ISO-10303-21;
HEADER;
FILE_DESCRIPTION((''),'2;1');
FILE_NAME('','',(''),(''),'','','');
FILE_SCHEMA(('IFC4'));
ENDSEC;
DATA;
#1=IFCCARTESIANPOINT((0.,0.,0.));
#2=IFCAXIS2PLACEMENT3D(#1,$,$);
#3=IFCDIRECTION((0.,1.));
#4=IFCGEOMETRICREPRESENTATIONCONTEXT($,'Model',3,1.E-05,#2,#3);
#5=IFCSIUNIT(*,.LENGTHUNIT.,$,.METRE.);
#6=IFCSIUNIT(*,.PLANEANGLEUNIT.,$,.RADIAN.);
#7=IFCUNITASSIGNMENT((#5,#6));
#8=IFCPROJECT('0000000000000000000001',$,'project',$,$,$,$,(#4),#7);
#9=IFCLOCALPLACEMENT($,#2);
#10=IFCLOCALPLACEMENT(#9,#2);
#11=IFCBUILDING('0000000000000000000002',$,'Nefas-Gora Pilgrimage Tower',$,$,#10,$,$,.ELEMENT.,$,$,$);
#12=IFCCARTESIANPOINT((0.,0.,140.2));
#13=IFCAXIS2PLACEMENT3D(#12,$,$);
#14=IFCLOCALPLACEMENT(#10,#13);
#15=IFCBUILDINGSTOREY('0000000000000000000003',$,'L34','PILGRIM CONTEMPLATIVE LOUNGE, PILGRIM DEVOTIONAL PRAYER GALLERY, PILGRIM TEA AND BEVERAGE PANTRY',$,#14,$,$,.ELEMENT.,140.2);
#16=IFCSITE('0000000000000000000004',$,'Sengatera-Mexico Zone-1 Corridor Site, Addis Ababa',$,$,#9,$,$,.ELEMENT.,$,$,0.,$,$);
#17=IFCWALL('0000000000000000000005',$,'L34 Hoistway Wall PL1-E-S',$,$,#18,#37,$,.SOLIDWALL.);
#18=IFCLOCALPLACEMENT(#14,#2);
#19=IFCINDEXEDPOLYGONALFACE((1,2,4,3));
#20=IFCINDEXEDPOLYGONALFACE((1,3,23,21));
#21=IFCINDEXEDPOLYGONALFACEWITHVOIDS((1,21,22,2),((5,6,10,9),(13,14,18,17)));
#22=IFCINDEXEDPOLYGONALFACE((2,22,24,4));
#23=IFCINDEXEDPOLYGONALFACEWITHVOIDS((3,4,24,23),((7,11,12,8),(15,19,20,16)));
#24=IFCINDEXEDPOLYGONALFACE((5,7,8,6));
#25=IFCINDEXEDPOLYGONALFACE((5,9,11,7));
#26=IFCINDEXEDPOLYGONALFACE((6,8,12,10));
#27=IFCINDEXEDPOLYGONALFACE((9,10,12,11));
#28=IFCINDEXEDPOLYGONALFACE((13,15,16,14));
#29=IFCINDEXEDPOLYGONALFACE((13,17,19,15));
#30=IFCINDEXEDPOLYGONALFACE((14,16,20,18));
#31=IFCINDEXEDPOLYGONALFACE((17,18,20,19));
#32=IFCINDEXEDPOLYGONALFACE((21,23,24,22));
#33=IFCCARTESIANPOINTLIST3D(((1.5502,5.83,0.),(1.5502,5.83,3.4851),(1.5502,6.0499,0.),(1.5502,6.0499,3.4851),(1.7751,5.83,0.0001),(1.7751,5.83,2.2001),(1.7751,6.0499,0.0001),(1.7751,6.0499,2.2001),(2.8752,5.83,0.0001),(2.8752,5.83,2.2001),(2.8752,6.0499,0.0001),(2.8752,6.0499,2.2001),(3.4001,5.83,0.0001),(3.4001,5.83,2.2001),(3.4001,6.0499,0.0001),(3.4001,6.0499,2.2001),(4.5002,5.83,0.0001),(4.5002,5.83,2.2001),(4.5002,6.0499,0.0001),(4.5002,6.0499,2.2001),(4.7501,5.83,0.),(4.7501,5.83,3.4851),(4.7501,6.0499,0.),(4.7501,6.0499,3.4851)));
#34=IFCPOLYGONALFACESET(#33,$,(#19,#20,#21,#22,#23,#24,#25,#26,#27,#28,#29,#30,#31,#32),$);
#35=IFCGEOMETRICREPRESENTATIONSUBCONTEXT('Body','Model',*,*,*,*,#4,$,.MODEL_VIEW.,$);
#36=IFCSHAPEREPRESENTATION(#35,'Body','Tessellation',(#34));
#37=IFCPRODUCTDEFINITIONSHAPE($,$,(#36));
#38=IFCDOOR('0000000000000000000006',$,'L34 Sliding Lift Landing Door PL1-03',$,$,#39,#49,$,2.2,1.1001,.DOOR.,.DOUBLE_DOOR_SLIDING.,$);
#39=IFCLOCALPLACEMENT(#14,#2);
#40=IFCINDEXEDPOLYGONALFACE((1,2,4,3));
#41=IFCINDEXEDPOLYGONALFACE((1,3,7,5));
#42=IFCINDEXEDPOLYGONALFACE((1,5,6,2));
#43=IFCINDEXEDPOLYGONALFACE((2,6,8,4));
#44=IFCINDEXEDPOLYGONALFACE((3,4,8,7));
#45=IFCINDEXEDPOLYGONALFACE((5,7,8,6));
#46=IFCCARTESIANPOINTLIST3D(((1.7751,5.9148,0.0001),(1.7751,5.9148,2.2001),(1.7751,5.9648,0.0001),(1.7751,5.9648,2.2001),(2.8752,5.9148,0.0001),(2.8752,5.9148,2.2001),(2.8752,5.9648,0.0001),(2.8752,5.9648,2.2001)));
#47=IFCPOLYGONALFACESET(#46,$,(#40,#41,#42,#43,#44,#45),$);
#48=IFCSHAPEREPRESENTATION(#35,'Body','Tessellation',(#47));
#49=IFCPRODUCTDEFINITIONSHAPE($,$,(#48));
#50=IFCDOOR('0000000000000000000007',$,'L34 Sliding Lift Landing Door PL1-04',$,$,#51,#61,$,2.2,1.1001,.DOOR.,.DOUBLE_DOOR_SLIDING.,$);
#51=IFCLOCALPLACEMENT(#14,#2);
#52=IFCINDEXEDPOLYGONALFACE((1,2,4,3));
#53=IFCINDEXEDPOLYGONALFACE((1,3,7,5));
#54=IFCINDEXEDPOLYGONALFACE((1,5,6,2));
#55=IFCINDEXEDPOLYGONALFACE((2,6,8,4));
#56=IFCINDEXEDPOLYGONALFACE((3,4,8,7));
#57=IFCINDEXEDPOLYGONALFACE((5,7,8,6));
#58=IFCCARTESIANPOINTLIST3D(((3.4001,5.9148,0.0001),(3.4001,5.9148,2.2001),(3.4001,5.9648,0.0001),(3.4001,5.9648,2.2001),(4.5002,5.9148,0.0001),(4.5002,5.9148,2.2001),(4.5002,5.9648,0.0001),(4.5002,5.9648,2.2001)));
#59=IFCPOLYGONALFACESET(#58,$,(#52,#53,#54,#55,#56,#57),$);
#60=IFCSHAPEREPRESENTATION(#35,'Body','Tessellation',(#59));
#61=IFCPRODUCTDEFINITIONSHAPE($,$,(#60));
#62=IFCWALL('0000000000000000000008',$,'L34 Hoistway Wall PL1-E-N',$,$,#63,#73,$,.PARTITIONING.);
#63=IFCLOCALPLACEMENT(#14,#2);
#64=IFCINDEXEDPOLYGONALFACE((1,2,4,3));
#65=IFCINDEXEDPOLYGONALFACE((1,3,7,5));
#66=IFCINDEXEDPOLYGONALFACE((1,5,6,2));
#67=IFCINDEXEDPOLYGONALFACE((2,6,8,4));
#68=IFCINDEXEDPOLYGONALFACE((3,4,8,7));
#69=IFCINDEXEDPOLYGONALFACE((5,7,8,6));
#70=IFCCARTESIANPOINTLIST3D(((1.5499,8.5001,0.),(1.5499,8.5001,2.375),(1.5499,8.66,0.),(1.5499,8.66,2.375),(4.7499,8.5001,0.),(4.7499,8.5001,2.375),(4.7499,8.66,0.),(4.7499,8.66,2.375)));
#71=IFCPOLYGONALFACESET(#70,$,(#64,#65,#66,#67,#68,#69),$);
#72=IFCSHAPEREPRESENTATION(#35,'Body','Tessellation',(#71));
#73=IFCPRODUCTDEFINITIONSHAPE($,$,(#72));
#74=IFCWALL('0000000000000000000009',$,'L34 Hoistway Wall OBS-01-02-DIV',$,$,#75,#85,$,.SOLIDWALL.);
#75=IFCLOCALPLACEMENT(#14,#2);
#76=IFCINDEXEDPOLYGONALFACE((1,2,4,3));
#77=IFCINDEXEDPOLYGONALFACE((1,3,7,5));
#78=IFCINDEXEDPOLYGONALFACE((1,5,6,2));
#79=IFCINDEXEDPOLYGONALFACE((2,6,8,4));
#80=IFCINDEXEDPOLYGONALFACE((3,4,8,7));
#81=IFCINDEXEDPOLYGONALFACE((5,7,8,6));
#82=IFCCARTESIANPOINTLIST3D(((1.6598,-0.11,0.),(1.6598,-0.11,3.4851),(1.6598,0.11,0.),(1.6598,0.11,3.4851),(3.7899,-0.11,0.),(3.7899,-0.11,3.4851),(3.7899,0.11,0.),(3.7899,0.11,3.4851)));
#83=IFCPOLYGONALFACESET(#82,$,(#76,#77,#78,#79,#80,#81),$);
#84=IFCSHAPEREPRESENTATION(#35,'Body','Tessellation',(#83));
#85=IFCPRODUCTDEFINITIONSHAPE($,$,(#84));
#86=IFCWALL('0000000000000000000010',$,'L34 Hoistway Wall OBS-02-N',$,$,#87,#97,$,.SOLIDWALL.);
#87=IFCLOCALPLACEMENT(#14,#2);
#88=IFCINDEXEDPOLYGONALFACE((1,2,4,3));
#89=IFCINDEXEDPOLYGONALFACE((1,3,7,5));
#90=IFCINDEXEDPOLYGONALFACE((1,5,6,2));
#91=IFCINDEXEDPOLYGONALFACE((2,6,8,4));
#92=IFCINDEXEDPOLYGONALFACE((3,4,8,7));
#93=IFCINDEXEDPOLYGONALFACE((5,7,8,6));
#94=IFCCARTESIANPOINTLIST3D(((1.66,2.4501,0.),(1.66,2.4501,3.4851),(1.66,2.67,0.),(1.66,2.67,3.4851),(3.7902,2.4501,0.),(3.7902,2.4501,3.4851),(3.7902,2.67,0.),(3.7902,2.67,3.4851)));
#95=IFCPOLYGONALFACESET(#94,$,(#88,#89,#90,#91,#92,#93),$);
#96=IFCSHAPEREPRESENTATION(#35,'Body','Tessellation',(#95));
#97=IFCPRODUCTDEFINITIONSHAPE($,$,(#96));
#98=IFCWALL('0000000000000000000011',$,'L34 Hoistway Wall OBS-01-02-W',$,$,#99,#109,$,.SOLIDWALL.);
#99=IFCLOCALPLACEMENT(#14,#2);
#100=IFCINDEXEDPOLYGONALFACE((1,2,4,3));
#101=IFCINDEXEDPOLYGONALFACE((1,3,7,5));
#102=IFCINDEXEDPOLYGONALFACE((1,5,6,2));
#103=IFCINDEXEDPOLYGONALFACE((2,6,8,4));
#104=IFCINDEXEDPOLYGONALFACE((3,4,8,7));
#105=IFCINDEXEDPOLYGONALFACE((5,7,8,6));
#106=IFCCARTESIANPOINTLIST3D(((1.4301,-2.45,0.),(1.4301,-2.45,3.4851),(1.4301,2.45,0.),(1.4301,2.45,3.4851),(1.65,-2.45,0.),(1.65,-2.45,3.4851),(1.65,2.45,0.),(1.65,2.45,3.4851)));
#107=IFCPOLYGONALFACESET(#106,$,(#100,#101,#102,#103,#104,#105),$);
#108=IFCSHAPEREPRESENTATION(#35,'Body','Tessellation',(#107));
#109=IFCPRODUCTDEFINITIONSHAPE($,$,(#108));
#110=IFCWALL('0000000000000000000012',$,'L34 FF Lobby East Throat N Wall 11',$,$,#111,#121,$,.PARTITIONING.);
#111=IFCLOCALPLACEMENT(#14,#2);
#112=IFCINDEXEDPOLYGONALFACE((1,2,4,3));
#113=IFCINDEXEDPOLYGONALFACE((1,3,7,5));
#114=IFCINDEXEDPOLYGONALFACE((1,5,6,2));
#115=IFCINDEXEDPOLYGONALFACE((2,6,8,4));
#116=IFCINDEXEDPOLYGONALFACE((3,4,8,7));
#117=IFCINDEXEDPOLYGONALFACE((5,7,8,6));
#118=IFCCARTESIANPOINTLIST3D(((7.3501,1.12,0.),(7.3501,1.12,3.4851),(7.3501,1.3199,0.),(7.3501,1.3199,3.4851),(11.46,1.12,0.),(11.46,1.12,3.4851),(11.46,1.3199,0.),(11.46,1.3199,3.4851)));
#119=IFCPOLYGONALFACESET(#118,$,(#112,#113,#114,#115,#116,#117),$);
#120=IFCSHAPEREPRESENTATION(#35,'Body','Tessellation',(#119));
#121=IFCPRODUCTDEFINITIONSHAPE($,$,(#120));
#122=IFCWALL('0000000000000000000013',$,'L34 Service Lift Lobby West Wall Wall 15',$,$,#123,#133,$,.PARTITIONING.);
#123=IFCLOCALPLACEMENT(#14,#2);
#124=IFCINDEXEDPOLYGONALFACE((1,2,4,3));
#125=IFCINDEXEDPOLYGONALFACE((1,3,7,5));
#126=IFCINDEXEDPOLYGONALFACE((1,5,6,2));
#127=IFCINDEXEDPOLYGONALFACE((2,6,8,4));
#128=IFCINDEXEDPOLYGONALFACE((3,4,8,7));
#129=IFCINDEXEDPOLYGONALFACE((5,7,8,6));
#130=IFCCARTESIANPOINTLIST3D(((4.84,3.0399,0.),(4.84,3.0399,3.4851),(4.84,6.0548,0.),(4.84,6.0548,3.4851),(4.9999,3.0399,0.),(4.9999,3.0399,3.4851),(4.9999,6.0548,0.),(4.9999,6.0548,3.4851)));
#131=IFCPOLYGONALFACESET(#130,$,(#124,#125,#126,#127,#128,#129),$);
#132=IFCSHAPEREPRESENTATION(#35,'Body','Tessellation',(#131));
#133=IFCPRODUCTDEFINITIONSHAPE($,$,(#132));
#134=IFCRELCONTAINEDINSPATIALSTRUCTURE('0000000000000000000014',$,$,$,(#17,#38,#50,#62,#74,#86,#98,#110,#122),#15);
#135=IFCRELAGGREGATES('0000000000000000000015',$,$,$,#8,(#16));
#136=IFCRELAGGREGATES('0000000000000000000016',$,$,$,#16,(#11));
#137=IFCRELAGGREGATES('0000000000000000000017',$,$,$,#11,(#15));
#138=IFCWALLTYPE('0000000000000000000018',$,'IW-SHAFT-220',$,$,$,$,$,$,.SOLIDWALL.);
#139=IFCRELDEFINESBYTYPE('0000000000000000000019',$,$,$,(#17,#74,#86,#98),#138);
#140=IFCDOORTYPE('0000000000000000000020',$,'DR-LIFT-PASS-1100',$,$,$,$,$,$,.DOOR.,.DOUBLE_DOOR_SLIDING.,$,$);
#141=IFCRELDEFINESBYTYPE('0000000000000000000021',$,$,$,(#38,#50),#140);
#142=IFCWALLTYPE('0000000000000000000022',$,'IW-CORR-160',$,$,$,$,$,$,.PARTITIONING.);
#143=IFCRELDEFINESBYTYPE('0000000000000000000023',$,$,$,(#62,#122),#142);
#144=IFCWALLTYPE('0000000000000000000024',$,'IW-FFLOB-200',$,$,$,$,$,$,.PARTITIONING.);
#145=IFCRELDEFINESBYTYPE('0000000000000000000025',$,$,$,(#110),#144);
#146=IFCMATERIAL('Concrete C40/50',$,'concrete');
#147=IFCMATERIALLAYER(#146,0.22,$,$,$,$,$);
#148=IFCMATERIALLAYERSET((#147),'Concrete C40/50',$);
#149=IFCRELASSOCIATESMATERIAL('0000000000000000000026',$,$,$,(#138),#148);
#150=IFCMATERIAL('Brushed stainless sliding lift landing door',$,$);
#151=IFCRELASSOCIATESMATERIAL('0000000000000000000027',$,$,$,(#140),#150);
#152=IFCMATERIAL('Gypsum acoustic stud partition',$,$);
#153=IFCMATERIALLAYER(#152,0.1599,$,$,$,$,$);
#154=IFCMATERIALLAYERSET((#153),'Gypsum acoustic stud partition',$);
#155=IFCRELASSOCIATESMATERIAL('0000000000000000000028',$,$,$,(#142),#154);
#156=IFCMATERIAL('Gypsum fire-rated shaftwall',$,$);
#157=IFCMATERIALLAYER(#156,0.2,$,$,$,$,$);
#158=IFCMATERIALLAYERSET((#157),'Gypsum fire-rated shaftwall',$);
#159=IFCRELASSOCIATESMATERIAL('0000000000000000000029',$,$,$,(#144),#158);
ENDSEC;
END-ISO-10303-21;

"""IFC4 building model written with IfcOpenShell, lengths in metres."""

from ifc_helpers import new_model, si_unit, direction, frame, frame_2d, origin, place, context, subcontext, project, spatial, rectangle, extrude, source, transform, mapped, material, layer, layer_set, type_object, element, fill, save


model = new_model("IFC4")

# Units and contexts
model_context = context("Model", 3, precision=1e-05, world=origin(), true_north=direction((0.0, 1.0)))
body_context = subcontext(model_context, "Body", "Model", "MODEL_VIEW")
ifc_project = project(units=[si_unit("LENGTHUNIT", "METRE"), si_unit("PLANEANGLEUNIT", "RADIAN")], contexts=[model_context])

# Site, building, storey
site_placement = place(None, origin())
site = spatial("IfcSite", under=ifc_project, at=site_placement, Name="Sengatera-Mexico Zone-1 Corridor Site, Addis Ababa", CompositionType="ELEMENT", RefElevation=0.0)
building_placement = place(site_placement, origin())
building = spatial("IfcBuilding", under=site, at=building_placement, Name="Nefas-Gora Pilgrimage Tower", CompositionType="ELEMENT")
storey_placement = place(building_placement, frame((0.0, 0.0, 140.2)))
storey = spatial("IfcBuildingStorey", under=building, at=storey_placement, Name="L34", Description="PILGRIM CONTEMPLATIVE LOUNGE, PILGRIM DEVOTIONAL PRAYER GALLERY, PILGRIM TEA AND BEVERAGE PANTRY", CompositionType="ELEMENT", Elevation=140.2)

# Shared definitions
ifc_material_1 = material(Name="Concrete C40/50", Category="concrete")
ifc_layer_1 = layer(ifc_material_1, 0.22)
ifc_layer_set_1 = layer_set([ifc_layer_1], Name="Concrete C40/50")
wall_type_1 = type_object("IfcWallType", Name="IW-SHAFT-220", PredefinedType="SOLIDWALL", material=ifc_layer_set_1)

# Wall, openings, doors
shared_shape_1 = source(origin(), body_context, "Body", "SweptSolid", [
    extrude(rectangle(XDim=3.2, YDim=0.22, at=frame_2d((1.6001, 0.0))), origin(), (0.0, 0.0, 1.0), 3.4851),
])
wall_1_placement = place(storey_placement, frame((1.55, 5.9399, 0.0), z_axis=(0.0, 0.0, 1.0), x_axis=(1.0, 0.0, 0.0)))
wall_1 = element("IfcWall", 1, at=wall_1_placement, inside=storey, type_object=wall_type_1, Name="L34 Hoistway Wall PL1-E-S", PredefinedType="SOLIDWALL", context=body_context, shape_type="MappedRepresentation", body=[
    mapped(shared_shape_1, transform((0.0, 0.0, 0.0), x_axis=(1.0, 0.0, 0.0), y_axis=(0.0, 1.0, 0.0), z_axis=(0.0, 0.0, 1.0), scale=1.0)),
])
opening_1_placement = place(wall_1_placement, frame((0.2251, 0.0, 0.0)))
opening_1 = element("IfcOpeningElement", 2, at=opening_1_placement, cuts=wall_1, PredefinedType="OPENING", context=body_context, shape_type="SweptSolid", body=[
    extrude(rectangle(XDim=1.1001, YDim=2.2, at=frame_2d((0.55, 1.1001))), frame((0.0, 0.1199, 0.0), z_axis=(0.0, -1.0, 0.0), x_axis=(1.0, 0.0, 0.0)), (0.0, 0.0, 1.0), 0.24),
])
opening_2_placement = place(wall_1_placement, frame((1.8501, 0.0, 0.0)))
opening_2 = element("IfcOpeningElement", 3, at=opening_2_placement, cuts=wall_1, PredefinedType="OPENING", context=body_context, shape_type="SweptSolid", body=[
    extrude(rectangle(XDim=1.1001, YDim=2.2, at=frame_2d((0.55, 1.1001))), frame((0.0, 0.1199, 0.0), z_axis=(0.0, -1.0, 0.0), x_axis=(1.0, 0.0, 0.0)), (0.0, 0.0, 1.0), 0.24),
])
ifc_material_2 = material(Name="Brushed stainless sliding lift landing door")
door_type_1 = type_object("IfcDoorType", Name="DR-LIFT-PASS-1100", OperationType="DOUBLE_DOOR_SLIDING", PredefinedType="DOOR", material=ifc_material_2)
shared_shape_2 = source(origin(), body_context, "Body", "SweptSolid", [
    extrude(rectangle(XDim=1.1001, YDim=2.2, at=frame_2d((0.55, 1.1001))), frame((0.0, 0.0249, 0.0), z_axis=(0.0, -1.0, 0.0), x_axis=(1.0, 0.0, 0.0)), (0.0, 0.0, 1.0), 0.05),
])
door_1_placement = place(opening_1_placement, origin())
door_1 = element("IfcDoor", 4, at=door_1_placement, inside=storey, type_object=door_type_1, Name="L34 Sliding Lift Landing Door PL1-03", OperationType="DOUBLE_DOOR_SLIDING", OverallHeight=2.2, OverallWidth=1.1001, PredefinedType="DOOR", context=body_context, shape_type="MappedRepresentation", body=[
    mapped(shared_shape_2, transform((0.0, 0.0, 0.0), x_axis=(1.0, 0.0, 0.0), y_axis=(0.0, 1.0, 0.0), z_axis=(0.0, 0.0, 1.0), scale=1.0)),
])
fill(opening_1, door_1)
door_2_placement = place(opening_2_placement, origin())
door_2 = element("IfcDoor", 5, at=door_2_placement, inside=storey, type_object=door_type_1, Name="L34 Sliding Lift Landing Door PL1-04", OperationType="DOUBLE_DOOR_SLIDING", OverallHeight=2.2, OverallWidth=1.1001, PredefinedType="DOOR", context=body_context, shape_type="MappedRepresentation", body=[
    mapped(shared_shape_2, transform((0.0, 0.0, 0.0), x_axis=(1.0, 0.0, 0.0), y_axis=(0.0, 1.0, 0.0), z_axis=(0.0, 0.0, 1.0), scale=1.0)),
])
fill(opening_2, door_2)

# Walls
ifc_material_3 = material(Name="Gypsum acoustic stud partition")
ifc_layer_2 = layer(ifc_material_3, 0.1599)
ifc_layer_set_2 = layer_set([ifc_layer_2], Name="Gypsum acoustic stud partition")
wall_type_2 = type_object("IfcWallType", Name="IW-CORR-160", PredefinedType="PARTITIONING", material=ifc_layer_set_2)
shared_shape_3 = source(origin(), body_context, "Body", "SweptSolid", [
    extrude(rectangle(XDim=3.2, YDim=0.1599, at=frame_2d((1.6001, 0.0))), origin(), (0.0, 0.0, 1.0), 2.375),
])
wall_2_placement = place(storey_placement, frame((4.75, 8.5801, 0.0), z_axis=(0.0, 0.0, 1.0), x_axis=(-1.0, 0.0, 0.0)))
element("IfcWall", 6, at=wall_2_placement, inside=storey, type_object=wall_type_2, Name="L34 Hoistway Wall PL1-E-N", PredefinedType="PARTITIONING", context=body_context, shape_type="MappedRepresentation", body=[
    mapped(shared_shape_3, transform((0.0, 0.0, 0.0), x_axis=(1.0, 0.0, 0.0), y_axis=(0.0, 1.0, 0.0), z_axis=(0.0, 0.0, 1.0), scale=1.0)),
])
shared_shape_4 = source(origin(), body_context, "Body", "SweptSolid", [
    extrude(rectangle(XDim=2.1301, YDim=0.22, at=frame_2d((1.0649, 0.0))), origin(), (0.0, 0.0, 1.0), 3.4851),
])
for number, where, z_axis, x_axis, name in (
    (7, (1.6599, 0.0, 0.0), (0.0, 0.0, 1.0), (1.0, 0.0, 0.0), "L34 Hoistway Wall OBS-01-02-DIV"),
    (8, (3.79, 2.5601, 0.0), (0.0, 0.0, 1.0), (-1.0, 0.0, 0.0), "L34 Hoistway Wall OBS-02-N"),
):
    element("IfcWall", number, at=place(storey_placement, frame(where, z_axis=z_axis, x_axis=x_axis)), inside=storey, type_object=wall_type_1, Name=name, PredefinedType="SOLIDWALL", context=body_context, shape_type="MappedRepresentation", body=[
        mapped(shared_shape_4, transform((0.0, 0.0, 0.0), x_axis=(1.0, 0.0, 0.0), y_axis=(0.0, 1.0, 0.0), z_axis=(0.0, 0.0, 1.0), scale=1.0)),
    ])
shared_shape_5 = source(origin(), body_context, "Body", "SweptSolid", [
    extrude(rectangle(XDim=4.8999, YDim=0.22, at=frame_2d((2.45, 0.0))), origin(), (0.0, 0.0, 1.0), 3.4851),
])
wall_3_placement = place(storey_placement, frame((1.54, 2.45, 0.0), z_axis=(0.0, 0.0, 1.0), x_axis=(0.0, -1.0, 0.0)))
element("IfcWall", 9, at=wall_3_placement, inside=storey, type_object=wall_type_1, Name="L34 Hoistway Wall OBS-01-02-W", PredefinedType="SOLIDWALL", context=body_context, shape_type="MappedRepresentation", body=[
    mapped(shared_shape_5, transform((0.0, 0.0, 0.0), x_axis=(1.0, 0.0, 0.0), y_axis=(0.0, 1.0, 0.0), z_axis=(0.0, 0.0, 1.0), scale=1.0)),
])

# Shared definitions
ifc_material_4 = material(Name="Gypsum fire-rated shaftwall")
ifc_layer_3 = layer(ifc_material_4, 0.2)
ifc_layer_set_3 = layer_set([ifc_layer_3], Name="Gypsum fire-rated shaftwall")
wall_type_3 = type_object("IfcWallType", Name="IW-FFLOB-200", PredefinedType="PARTITIONING", material=ifc_layer_set_3)

# Walls
shared_shape_6 = source(origin(), body_context, "Body", "SweptSolid", [
    extrude(rectangle(XDim=4.1099, YDim=0.2, at=frame_2d((2.0549, 0.0))), origin(), (0.0, 0.0, 1.0), 3.4851),
])
wall_4_placement = place(storey_placement, frame((7.3501, 1.22, 0.0), z_axis=(0.0, 0.0, 1.0), x_axis=(1.0, 0.0, 0.0)))
element("IfcWall", 10, at=wall_4_placement, inside=storey, type_object=wall_type_3, Name="L34 FF Lobby East Throat N Wall 11", PredefinedType="PARTITIONING", context=body_context, shape_type="MappedRepresentation", body=[
    mapped(shared_shape_6, transform((0.0, 0.0, 0.0), x_axis=(1.0, 0.0, 0.0), y_axis=(0.0, 1.0, 0.0), z_axis=(0.0, 0.0, 1.0), scale=1.0)),
])
shared_shape_7 = source(origin(), body_context, "Body", "SweptSolid", [
    extrude(rectangle(XDim=3.0149, YDim=0.1599, at=frame_2d((1.5073, 0.0))), origin(), (0.0, 0.0, 1.0), 3.4851),
])
wall_5_placement = place(storey_placement, frame((4.9199, 3.04, 0.0), z_axis=(0.0, 0.0, 1.0), x_axis=(0.0, 1.0, 0.0)))
element("IfcWall", 11, at=wall_5_placement, inside=storey, type_object=wall_type_2, Name="L34 Service Lift Lobby West Wall Wall 15", PredefinedType="PARTITIONING", context=body_context, shape_type="MappedRepresentation", body=[
    mapped(shared_shape_7, transform((0.0, 0.0, 0.0), x_axis=(1.0, 0.0, 0.0), y_axis=(0.0, 1.0, 0.0), z_axis=(0.0, 0.0, 1.0), scale=1.0)),
])

save(model, "model.ifc")
